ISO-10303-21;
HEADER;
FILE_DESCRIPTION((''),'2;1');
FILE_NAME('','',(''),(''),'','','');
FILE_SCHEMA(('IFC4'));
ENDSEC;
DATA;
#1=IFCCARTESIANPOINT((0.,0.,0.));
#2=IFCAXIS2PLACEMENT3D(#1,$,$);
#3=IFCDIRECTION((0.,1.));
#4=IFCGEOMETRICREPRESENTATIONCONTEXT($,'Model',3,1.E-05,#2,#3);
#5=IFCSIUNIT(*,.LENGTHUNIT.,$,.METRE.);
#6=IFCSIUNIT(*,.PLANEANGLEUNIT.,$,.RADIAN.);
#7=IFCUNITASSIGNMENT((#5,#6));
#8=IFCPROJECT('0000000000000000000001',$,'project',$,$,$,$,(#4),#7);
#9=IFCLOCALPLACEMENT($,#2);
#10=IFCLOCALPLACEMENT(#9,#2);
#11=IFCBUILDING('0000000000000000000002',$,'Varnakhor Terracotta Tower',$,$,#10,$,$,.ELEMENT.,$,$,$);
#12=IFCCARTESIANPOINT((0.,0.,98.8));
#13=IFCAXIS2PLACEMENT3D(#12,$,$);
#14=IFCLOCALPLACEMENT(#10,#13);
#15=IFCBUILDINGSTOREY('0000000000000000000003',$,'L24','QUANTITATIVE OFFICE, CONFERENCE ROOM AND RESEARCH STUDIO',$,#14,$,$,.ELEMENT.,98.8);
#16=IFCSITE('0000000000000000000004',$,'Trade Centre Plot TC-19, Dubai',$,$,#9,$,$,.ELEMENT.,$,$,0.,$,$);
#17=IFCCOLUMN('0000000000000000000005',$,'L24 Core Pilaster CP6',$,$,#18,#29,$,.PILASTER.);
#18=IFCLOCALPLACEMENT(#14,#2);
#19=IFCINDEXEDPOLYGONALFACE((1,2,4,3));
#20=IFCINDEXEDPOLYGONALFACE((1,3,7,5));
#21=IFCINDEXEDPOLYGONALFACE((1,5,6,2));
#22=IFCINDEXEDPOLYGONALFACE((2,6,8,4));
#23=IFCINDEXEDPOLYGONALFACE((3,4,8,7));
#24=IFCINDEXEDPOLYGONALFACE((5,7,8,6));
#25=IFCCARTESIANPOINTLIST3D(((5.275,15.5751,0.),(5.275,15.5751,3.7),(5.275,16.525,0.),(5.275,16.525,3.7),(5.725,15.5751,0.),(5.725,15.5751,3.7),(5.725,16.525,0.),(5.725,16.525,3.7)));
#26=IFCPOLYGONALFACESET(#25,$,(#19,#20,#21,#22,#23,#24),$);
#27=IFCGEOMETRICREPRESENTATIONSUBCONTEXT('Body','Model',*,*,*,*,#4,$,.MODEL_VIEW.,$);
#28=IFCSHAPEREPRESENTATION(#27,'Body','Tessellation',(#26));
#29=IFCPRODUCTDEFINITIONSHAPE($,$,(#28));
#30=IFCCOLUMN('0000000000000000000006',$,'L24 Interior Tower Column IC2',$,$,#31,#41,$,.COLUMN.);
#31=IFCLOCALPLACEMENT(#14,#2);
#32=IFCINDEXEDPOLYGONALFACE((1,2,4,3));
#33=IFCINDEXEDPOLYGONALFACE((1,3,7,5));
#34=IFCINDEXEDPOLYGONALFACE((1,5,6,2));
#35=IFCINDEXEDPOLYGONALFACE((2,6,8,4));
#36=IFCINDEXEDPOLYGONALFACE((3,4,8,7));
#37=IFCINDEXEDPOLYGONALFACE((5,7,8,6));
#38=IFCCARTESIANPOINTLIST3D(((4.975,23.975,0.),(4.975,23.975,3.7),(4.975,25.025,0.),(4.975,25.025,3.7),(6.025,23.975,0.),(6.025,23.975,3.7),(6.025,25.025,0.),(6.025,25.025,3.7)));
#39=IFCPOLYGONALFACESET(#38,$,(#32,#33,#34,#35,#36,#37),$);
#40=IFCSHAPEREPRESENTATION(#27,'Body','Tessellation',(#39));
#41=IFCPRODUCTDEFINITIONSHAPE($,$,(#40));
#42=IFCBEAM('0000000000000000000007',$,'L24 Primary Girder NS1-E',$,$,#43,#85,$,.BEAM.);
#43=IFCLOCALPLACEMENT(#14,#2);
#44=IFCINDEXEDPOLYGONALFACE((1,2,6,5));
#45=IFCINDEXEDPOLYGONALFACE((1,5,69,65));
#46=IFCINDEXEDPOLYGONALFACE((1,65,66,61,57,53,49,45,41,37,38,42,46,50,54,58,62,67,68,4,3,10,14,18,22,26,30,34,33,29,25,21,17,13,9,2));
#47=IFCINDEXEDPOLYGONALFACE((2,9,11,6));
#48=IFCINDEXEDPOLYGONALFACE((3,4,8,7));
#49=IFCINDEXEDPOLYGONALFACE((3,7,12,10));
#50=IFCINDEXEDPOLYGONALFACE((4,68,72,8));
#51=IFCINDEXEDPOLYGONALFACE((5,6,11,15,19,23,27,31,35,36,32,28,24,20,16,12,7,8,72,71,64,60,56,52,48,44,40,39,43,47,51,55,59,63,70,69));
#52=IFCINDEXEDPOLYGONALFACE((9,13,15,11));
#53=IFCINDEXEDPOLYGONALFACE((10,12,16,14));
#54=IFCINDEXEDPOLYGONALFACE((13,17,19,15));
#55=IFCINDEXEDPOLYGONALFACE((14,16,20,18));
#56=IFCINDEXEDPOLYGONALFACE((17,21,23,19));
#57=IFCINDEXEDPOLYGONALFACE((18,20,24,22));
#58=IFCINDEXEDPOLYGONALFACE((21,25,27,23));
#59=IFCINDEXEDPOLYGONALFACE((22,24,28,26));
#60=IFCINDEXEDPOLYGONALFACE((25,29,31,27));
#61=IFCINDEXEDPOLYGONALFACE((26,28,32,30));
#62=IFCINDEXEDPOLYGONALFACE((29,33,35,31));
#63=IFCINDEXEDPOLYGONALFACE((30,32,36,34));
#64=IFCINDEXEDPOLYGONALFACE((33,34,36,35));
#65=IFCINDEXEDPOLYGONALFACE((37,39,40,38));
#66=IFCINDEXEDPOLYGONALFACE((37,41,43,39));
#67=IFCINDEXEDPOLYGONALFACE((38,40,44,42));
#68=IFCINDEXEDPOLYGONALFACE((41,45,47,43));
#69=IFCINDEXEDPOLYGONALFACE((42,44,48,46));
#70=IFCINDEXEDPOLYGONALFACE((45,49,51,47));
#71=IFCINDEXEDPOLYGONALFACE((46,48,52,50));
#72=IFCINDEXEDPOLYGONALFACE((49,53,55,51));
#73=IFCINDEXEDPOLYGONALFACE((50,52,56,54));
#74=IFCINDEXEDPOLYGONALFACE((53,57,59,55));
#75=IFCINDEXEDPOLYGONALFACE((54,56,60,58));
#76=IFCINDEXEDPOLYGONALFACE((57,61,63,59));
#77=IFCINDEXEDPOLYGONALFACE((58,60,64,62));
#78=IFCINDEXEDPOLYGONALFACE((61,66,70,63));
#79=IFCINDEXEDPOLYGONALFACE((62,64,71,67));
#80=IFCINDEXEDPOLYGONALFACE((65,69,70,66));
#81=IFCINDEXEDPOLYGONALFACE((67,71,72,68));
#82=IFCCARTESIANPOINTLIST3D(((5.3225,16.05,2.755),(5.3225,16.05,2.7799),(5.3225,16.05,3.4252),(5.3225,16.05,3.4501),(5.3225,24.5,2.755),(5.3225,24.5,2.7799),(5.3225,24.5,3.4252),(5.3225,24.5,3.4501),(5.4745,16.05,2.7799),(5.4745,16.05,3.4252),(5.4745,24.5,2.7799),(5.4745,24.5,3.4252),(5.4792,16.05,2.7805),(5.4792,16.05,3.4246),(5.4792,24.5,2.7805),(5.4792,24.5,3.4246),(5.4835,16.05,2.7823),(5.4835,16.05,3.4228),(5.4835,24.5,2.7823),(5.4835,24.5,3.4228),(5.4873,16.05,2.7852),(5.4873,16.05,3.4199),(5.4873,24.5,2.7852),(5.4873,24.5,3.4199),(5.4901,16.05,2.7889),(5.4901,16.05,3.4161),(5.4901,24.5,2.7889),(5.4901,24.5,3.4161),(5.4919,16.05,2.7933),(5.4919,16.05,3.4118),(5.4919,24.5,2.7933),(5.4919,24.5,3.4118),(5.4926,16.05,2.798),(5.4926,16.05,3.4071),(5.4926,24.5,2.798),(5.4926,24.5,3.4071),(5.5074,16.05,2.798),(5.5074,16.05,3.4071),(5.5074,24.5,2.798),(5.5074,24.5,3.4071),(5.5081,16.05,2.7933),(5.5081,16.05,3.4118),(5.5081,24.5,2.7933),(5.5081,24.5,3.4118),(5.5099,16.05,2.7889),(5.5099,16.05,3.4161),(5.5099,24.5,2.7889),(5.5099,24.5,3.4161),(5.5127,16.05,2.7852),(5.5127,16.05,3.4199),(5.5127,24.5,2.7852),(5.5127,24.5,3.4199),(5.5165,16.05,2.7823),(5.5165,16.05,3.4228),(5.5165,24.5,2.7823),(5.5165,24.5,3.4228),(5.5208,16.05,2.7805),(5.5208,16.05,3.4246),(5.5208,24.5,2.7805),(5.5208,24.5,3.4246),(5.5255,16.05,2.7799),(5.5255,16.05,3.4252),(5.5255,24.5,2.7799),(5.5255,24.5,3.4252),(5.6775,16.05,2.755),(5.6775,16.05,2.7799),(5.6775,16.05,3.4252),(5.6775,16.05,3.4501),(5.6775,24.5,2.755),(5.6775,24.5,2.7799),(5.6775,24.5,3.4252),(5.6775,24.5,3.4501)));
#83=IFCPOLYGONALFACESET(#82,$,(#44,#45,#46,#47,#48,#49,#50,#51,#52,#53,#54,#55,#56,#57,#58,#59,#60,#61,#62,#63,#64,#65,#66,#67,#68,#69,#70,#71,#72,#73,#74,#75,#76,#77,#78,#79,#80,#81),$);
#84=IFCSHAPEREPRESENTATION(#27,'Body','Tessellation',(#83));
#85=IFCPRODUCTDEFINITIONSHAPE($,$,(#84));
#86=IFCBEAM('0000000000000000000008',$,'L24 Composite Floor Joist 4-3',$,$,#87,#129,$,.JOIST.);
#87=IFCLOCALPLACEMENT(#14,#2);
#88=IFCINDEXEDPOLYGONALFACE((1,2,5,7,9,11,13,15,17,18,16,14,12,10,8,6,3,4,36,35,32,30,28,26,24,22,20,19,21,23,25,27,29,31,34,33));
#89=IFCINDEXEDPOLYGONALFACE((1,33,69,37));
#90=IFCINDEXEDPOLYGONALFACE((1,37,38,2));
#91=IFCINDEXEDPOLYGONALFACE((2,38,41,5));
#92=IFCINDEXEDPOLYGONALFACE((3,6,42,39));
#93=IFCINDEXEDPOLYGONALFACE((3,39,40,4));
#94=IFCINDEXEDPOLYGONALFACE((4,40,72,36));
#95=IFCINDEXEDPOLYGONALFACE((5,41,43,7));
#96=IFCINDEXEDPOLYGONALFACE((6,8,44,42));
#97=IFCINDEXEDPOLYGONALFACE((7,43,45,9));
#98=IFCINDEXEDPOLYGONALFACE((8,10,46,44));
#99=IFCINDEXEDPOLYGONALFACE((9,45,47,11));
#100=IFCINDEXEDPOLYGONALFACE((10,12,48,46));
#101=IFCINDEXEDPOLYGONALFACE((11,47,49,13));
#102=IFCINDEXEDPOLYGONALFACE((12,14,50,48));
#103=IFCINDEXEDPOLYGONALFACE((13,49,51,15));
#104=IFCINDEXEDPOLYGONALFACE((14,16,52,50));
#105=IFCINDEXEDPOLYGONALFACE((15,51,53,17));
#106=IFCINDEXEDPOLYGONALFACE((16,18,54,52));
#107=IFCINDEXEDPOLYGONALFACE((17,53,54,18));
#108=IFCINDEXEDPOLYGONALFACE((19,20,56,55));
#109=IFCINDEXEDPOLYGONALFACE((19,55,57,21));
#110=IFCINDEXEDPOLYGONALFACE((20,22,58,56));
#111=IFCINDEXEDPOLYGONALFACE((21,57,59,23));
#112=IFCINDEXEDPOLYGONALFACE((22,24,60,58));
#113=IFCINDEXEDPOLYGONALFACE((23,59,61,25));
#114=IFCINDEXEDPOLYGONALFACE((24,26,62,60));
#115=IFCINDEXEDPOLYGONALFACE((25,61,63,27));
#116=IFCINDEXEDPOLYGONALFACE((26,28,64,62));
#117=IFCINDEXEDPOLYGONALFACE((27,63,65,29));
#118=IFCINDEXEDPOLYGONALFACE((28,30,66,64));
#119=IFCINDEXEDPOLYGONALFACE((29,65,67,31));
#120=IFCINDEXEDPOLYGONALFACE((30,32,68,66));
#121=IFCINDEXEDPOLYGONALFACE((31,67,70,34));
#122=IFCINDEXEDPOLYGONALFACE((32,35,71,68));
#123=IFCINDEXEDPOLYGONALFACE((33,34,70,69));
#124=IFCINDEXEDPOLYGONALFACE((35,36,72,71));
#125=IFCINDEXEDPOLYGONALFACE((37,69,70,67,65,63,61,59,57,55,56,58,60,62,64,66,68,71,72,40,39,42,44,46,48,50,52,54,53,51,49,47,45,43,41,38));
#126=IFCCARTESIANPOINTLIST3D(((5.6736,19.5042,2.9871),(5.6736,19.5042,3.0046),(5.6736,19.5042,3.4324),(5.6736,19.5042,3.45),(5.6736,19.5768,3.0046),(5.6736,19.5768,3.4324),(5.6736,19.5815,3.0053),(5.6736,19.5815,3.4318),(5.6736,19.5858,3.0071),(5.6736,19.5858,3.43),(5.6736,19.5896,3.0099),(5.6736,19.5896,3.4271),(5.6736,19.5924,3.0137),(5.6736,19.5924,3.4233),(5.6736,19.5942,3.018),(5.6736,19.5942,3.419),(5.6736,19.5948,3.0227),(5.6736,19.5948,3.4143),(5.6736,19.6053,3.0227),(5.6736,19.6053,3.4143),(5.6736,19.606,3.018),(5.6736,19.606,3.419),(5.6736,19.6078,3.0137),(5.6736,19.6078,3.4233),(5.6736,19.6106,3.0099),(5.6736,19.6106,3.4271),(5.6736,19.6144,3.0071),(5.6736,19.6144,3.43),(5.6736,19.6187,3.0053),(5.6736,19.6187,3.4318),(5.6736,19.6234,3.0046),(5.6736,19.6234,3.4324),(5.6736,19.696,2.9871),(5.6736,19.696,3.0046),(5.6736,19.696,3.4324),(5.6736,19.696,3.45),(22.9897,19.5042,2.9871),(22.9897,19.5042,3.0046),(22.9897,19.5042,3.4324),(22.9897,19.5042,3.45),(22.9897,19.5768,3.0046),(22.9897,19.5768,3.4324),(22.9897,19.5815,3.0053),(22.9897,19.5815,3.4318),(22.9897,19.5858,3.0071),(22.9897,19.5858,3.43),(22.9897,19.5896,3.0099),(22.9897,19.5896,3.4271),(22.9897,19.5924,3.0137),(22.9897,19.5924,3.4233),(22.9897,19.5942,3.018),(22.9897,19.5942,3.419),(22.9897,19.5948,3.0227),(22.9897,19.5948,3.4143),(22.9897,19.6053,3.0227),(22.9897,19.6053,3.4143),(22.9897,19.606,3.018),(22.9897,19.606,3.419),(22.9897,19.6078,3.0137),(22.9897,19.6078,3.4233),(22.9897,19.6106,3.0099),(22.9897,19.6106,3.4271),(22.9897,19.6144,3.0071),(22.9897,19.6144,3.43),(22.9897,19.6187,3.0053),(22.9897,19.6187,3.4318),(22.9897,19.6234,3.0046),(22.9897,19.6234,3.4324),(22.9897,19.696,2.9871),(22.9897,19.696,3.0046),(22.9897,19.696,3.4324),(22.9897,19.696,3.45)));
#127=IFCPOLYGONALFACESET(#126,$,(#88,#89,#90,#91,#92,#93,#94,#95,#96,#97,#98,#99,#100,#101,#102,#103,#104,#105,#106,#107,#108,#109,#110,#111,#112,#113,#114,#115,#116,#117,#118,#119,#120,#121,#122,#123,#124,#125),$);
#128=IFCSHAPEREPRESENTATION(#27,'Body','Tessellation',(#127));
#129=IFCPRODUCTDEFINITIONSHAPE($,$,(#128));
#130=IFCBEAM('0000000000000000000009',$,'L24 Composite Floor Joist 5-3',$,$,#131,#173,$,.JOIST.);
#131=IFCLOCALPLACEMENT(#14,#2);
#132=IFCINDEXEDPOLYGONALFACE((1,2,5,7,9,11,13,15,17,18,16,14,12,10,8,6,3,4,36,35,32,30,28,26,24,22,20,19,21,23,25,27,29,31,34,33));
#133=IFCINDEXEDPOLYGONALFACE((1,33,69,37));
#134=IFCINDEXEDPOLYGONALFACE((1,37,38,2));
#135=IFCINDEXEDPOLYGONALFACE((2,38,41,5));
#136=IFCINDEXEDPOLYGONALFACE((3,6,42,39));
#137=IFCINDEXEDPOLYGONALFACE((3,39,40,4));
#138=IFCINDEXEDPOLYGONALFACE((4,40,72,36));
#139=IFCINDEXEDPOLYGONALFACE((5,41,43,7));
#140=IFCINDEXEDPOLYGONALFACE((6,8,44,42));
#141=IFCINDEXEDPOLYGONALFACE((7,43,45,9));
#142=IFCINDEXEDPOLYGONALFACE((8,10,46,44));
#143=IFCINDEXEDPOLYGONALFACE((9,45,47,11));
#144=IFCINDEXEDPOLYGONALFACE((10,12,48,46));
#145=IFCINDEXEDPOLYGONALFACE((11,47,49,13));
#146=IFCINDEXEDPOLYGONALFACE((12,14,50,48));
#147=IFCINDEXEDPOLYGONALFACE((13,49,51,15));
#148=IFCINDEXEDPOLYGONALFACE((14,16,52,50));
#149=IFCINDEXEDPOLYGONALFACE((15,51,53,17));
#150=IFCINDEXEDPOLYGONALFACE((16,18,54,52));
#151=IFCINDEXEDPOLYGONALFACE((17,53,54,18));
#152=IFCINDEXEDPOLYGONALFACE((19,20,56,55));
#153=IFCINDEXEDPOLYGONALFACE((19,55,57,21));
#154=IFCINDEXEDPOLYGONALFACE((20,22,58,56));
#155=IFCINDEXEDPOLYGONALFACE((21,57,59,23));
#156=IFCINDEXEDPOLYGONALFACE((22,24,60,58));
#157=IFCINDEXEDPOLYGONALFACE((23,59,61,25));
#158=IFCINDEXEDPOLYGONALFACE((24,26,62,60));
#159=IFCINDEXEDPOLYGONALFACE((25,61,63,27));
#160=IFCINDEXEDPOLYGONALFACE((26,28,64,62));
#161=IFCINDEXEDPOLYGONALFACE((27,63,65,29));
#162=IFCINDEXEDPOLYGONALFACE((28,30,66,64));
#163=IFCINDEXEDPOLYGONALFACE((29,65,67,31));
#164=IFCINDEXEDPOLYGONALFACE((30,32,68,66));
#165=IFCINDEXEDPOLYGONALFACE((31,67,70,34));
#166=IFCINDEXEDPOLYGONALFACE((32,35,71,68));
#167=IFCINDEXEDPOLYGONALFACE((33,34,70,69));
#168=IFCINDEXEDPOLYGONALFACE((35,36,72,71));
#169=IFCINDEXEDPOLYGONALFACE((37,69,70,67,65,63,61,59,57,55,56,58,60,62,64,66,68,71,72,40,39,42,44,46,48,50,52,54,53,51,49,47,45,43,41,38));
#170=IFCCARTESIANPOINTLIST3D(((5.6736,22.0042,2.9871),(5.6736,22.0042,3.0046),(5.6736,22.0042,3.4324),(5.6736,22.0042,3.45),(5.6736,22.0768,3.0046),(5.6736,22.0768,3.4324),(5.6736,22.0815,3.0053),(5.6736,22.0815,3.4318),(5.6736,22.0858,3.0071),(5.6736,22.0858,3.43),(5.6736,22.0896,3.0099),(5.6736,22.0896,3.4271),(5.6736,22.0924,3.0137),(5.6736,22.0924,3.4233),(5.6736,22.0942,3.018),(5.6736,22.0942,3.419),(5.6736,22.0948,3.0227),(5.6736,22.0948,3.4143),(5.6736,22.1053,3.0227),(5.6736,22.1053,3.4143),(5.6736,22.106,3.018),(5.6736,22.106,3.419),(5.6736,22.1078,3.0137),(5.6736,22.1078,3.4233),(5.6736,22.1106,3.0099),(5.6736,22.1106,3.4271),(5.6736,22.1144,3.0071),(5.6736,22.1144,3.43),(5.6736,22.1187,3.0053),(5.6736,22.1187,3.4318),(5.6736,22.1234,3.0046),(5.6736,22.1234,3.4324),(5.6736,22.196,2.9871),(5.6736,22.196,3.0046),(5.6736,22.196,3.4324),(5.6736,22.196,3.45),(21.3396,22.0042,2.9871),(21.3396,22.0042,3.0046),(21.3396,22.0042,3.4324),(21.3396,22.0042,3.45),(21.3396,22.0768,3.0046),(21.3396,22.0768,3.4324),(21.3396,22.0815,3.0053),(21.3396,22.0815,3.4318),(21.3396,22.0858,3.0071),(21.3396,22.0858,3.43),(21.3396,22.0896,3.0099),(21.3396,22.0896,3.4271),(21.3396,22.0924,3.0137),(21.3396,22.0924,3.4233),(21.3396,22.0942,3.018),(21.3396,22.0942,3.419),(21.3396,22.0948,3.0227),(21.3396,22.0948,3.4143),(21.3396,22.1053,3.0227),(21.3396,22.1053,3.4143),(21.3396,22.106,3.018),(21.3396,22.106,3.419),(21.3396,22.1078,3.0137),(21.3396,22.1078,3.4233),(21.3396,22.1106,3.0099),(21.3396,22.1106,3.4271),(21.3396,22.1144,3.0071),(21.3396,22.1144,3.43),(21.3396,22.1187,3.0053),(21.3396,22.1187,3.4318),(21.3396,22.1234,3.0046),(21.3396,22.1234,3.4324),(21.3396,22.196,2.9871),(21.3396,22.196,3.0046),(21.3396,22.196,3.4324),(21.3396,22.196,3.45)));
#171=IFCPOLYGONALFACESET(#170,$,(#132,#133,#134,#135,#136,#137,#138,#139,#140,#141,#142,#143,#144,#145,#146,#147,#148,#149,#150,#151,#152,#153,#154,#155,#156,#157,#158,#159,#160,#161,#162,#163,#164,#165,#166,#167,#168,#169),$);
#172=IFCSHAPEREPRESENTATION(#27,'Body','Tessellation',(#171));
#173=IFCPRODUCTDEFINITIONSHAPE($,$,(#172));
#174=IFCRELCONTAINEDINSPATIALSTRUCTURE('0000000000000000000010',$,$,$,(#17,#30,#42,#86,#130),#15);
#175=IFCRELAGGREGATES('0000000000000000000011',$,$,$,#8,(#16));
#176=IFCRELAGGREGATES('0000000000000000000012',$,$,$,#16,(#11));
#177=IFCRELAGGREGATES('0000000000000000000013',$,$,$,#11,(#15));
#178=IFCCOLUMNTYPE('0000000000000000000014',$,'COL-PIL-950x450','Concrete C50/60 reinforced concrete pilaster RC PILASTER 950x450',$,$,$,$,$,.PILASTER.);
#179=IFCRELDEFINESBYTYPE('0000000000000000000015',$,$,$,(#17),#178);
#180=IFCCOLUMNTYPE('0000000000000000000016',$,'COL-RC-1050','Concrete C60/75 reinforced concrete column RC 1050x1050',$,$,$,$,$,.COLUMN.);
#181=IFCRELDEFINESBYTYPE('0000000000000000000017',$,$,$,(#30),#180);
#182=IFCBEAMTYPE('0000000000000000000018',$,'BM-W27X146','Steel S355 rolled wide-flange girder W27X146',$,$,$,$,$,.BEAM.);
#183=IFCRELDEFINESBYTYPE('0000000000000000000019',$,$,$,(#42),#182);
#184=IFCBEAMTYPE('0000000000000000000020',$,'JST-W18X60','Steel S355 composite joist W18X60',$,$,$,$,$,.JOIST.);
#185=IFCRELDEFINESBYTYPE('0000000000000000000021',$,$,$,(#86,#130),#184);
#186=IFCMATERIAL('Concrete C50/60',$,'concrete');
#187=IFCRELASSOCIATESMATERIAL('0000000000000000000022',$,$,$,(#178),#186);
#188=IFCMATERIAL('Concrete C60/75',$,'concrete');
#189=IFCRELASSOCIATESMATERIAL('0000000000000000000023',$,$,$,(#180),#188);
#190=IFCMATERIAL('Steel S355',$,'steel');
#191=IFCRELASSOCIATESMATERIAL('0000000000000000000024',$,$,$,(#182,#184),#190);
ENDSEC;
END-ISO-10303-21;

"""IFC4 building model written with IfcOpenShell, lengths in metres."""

from ifc_helpers import new_model, si_unit, direction, frame, origin, origin_2d, place, context, subcontext, project, spatial, rectangle, i_section, extrude, source, transform, mapped, material, material_profile, profile_set, type_object, type_shapes, element, save


model = new_model("IFC4")

# Units and contexts
model_context = context("Model", 3, precision=1e-05, world=origin(), true_north=direction((0.0, 1.0)))
body_context = subcontext(model_context, "Body", "Model", "MODEL_VIEW")
ifc_project = project(units=[si_unit("LENGTHUNIT", "METRE"), si_unit("PLANEANGLEUNIT", "RADIAN")], contexts=[model_context])

# Site, building, storey
site_placement = place(None, origin())
site = spatial("IfcSite", under=ifc_project, at=site_placement, Name="Trade Centre Plot TC-19, Dubai", CompositionType="ELEMENT", RefElevation=0.0)
building_placement = place(site_placement, origin())
building = spatial("IfcBuilding", under=site, at=building_placement, Name="Varnakhor Terracotta Tower", CompositionType="ELEMENT")
storey_placement = place(building_placement, frame((0.0, 0.0, 98.8)))
storey = spatial("IfcBuildingStorey", under=building, at=storey_placement, Name="L24", Description="QUANTITATIVE OFFICE, CONFERENCE ROOM AND RESEARCH STUDIO", CompositionType="ELEMENT", Elevation=98.8)

# Columns
ifc_material_1 = material(Name="Concrete C50/60", Category="concrete")
ifc_material_profile_1 = material_profile(ifc_material_1, rectangle(XDim=0.45, YDim=0.95, at=origin_2d()), Name="RC PILASTER 950x450")
ifc_profile_set_1 = profile_set([ifc_material_profile_1], Name="Concrete C50/60")
column_type_1 = type_object("IfcColumnType", Name="COL-PIL-950x450", Description="Concrete C50/60 reinforced concrete pilaster RC PILASTER 950x450", PredefinedType="PILASTER", material=ifc_profile_set_1)
shared_shape_1 = source(origin(), body_context, "Body", "SweptSolid", [
    extrude(rectangle(XDim=0.45, YDim=0.95, at=origin_2d()), origin(), (0.0, 0.0, 1.0), 3.7),
])
column_1_placement = place(storey_placement, frame((5.5, 16.05, 0.0), z_axis=(0.0, 0.0, 1.0), x_axis=(1.0, 0.0, 0.0)))
element("IfcColumn", 1, at=column_1_placement, inside=storey, type_object=column_type_1, Name="L24 Core Pilaster CP6", PredefinedType="PILASTER", context=body_context, shape_type="MappedRepresentation", body=[
    mapped(shared_shape_1, transform((0.0, 0.0, 0.0), scale=1.0)),
])
ifc_material_2 = material(Name="Concrete C60/75", Category="concrete")
ifc_material_profile_2 = material_profile(ifc_material_2, rectangle(XDim=1.05, YDim=1.05, at=origin_2d()), Name="RC 1050x1050")
ifc_profile_set_2 = profile_set([ifc_material_profile_2], Name="Concrete C60/75")
column_type_2 = type_object("IfcColumnType", Name="COL-RC-1050", Description="Concrete C60/75 reinforced concrete column RC 1050x1050", PredefinedType="COLUMN", material=ifc_profile_set_2)
shared_shape_2 = source(origin(), body_context, "Body", "SweptSolid", [
    extrude(rectangle(XDim=1.05, YDim=1.05, at=origin_2d()), origin(), (0.0, 0.0, 1.0), 3.7),
])
column_2_placement = place(storey_placement, frame((5.5, 24.5, 0.0), z_axis=(0.0, 0.0, 1.0), x_axis=(1.0, 0.0, 0.0)))
element("IfcColumn", 2, at=column_2_placement, inside=storey, type_object=column_type_2, Name="L24 Interior Tower Column IC2", PredefinedType="COLUMN", context=body_context, shape_type="MappedRepresentation", body=[
    mapped(shared_shape_2, transform((0.0, 0.0, 0.0), scale=1.0)),
])

# Beams
ifc_material_3 = material(Name="Steel S355", Category="steel")
ifc_material_profile_3 = material_profile(ifc_material_3, i_section(OverallWidth=0.355, OverallDepth=0.6951, WebThickness=0.0149, FlangeThickness=0.0249, FilletRadius=0.0181, at=origin_2d()), Name="W27X146")
ifc_profile_set_3 = profile_set([ifc_material_profile_3], Name="Steel S355")
beam_type_1 = type_object("IfcBeamType", Name="BM-W27X146", Description="Steel S355 rolled wide-flange girder W27X146", PredefinedType="BEAM", material=ifc_profile_set_3)
shared_shape_3 = source(origin(), body_context, "Body", "SweptSolid", [
    extrude(i_section(OverallWidth=0.355, OverallDepth=0.6951, WebThickness=0.0149, FlangeThickness=0.0249, FilletRadius=0.0181, at=origin_2d()), origin(), (0.0, 0.0, 1.0), 8.45),
])
type_shapes(beam_type_1, [shared_shape_3])
beam_1_placement = place(storey_placement, frame((5.5, 16.05, 3.1025), z_axis=(0.0, 1.0, 0.0), x_axis=(-1.0, 0.0, 0.0)))
element("IfcBeam", 3, at=beam_1_placement, inside=storey, type_object=beam_type_1, Name="L24 Primary Girder NS1-E", PredefinedType="BEAM", context=body_context, shape_type="MappedRepresentation", body=[
    mapped(shared_shape_3, transform((0.0, 0.0, 0.0), scale=1.0)),
])
ifc_material_profile_4 = material_profile(ifc_material_3, i_section(OverallWidth=0.1919, OverallDepth=0.4629, WebThickness=0.0105, FlangeThickness=0.0176, FilletRadius=0.0181, at=origin_2d()), Name="W18X60")
ifc_profile_set_4 = profile_set([ifc_material_profile_4], Name="Steel S355")
beam_type_2 = type_object("IfcBeamType", Name="JST-W18X60", Description="Steel S355 composite joist W18X60", PredefinedType="JOIST", material=ifc_profile_set_4)
shared_shape_4 = source(origin(), body_context, "Body", "SweptSolid", [
    extrude(i_section(OverallWidth=0.1919, OverallDepth=0.4629, WebThickness=0.0105, FlangeThickness=0.0176, FilletRadius=0.0181, at=origin_2d()), origin(), (0.0, 0.0, 1.0), 17.3162),
])
beam_2_placement = place(storey_placement, frame((5.6736, 19.6001, 3.2185), z_axis=(1.0, 0.0, 0.0), x_axis=(0.0, 1.0, 0.0)))
element("IfcBeam", 4, at=beam_2_placement, inside=storey, type_object=beam_type_2, Name="L24 Composite Floor Joist 4-3", PredefinedType="JOIST", context=body_context, shape_type="MappedRepresentation", body=[
    mapped(shared_shape_4, transform((0.0, 0.0, 0.0), scale=1.0)),
])
shared_shape_5 = source(origin(), body_context, "Body", "SweptSolid", [
    extrude(i_section(OverallWidth=0.1919, OverallDepth=0.4629, WebThickness=0.0105, FlangeThickness=0.0176, FilletRadius=0.0181, at=origin_2d()), origin(), (0.0, 0.0, 1.0), 15.666),
])
beam_3_placement = place(storey_placement, frame((5.6736, 22.1001, 3.2185), z_axis=(1.0, 0.0, 0.0), x_axis=(0.0, 1.0, 0.0)))
element("IfcBeam", 5, at=beam_3_placement, inside=storey, type_object=beam_type_2, Name="L24 Composite Floor Joist 5-3", PredefinedType="JOIST", context=body_context, shape_type="MappedRepresentation", body=[
    mapped(shared_shape_5, transform((0.0, 0.0, 0.0), scale=1.0)),
])

save(model, "model.ifc")
